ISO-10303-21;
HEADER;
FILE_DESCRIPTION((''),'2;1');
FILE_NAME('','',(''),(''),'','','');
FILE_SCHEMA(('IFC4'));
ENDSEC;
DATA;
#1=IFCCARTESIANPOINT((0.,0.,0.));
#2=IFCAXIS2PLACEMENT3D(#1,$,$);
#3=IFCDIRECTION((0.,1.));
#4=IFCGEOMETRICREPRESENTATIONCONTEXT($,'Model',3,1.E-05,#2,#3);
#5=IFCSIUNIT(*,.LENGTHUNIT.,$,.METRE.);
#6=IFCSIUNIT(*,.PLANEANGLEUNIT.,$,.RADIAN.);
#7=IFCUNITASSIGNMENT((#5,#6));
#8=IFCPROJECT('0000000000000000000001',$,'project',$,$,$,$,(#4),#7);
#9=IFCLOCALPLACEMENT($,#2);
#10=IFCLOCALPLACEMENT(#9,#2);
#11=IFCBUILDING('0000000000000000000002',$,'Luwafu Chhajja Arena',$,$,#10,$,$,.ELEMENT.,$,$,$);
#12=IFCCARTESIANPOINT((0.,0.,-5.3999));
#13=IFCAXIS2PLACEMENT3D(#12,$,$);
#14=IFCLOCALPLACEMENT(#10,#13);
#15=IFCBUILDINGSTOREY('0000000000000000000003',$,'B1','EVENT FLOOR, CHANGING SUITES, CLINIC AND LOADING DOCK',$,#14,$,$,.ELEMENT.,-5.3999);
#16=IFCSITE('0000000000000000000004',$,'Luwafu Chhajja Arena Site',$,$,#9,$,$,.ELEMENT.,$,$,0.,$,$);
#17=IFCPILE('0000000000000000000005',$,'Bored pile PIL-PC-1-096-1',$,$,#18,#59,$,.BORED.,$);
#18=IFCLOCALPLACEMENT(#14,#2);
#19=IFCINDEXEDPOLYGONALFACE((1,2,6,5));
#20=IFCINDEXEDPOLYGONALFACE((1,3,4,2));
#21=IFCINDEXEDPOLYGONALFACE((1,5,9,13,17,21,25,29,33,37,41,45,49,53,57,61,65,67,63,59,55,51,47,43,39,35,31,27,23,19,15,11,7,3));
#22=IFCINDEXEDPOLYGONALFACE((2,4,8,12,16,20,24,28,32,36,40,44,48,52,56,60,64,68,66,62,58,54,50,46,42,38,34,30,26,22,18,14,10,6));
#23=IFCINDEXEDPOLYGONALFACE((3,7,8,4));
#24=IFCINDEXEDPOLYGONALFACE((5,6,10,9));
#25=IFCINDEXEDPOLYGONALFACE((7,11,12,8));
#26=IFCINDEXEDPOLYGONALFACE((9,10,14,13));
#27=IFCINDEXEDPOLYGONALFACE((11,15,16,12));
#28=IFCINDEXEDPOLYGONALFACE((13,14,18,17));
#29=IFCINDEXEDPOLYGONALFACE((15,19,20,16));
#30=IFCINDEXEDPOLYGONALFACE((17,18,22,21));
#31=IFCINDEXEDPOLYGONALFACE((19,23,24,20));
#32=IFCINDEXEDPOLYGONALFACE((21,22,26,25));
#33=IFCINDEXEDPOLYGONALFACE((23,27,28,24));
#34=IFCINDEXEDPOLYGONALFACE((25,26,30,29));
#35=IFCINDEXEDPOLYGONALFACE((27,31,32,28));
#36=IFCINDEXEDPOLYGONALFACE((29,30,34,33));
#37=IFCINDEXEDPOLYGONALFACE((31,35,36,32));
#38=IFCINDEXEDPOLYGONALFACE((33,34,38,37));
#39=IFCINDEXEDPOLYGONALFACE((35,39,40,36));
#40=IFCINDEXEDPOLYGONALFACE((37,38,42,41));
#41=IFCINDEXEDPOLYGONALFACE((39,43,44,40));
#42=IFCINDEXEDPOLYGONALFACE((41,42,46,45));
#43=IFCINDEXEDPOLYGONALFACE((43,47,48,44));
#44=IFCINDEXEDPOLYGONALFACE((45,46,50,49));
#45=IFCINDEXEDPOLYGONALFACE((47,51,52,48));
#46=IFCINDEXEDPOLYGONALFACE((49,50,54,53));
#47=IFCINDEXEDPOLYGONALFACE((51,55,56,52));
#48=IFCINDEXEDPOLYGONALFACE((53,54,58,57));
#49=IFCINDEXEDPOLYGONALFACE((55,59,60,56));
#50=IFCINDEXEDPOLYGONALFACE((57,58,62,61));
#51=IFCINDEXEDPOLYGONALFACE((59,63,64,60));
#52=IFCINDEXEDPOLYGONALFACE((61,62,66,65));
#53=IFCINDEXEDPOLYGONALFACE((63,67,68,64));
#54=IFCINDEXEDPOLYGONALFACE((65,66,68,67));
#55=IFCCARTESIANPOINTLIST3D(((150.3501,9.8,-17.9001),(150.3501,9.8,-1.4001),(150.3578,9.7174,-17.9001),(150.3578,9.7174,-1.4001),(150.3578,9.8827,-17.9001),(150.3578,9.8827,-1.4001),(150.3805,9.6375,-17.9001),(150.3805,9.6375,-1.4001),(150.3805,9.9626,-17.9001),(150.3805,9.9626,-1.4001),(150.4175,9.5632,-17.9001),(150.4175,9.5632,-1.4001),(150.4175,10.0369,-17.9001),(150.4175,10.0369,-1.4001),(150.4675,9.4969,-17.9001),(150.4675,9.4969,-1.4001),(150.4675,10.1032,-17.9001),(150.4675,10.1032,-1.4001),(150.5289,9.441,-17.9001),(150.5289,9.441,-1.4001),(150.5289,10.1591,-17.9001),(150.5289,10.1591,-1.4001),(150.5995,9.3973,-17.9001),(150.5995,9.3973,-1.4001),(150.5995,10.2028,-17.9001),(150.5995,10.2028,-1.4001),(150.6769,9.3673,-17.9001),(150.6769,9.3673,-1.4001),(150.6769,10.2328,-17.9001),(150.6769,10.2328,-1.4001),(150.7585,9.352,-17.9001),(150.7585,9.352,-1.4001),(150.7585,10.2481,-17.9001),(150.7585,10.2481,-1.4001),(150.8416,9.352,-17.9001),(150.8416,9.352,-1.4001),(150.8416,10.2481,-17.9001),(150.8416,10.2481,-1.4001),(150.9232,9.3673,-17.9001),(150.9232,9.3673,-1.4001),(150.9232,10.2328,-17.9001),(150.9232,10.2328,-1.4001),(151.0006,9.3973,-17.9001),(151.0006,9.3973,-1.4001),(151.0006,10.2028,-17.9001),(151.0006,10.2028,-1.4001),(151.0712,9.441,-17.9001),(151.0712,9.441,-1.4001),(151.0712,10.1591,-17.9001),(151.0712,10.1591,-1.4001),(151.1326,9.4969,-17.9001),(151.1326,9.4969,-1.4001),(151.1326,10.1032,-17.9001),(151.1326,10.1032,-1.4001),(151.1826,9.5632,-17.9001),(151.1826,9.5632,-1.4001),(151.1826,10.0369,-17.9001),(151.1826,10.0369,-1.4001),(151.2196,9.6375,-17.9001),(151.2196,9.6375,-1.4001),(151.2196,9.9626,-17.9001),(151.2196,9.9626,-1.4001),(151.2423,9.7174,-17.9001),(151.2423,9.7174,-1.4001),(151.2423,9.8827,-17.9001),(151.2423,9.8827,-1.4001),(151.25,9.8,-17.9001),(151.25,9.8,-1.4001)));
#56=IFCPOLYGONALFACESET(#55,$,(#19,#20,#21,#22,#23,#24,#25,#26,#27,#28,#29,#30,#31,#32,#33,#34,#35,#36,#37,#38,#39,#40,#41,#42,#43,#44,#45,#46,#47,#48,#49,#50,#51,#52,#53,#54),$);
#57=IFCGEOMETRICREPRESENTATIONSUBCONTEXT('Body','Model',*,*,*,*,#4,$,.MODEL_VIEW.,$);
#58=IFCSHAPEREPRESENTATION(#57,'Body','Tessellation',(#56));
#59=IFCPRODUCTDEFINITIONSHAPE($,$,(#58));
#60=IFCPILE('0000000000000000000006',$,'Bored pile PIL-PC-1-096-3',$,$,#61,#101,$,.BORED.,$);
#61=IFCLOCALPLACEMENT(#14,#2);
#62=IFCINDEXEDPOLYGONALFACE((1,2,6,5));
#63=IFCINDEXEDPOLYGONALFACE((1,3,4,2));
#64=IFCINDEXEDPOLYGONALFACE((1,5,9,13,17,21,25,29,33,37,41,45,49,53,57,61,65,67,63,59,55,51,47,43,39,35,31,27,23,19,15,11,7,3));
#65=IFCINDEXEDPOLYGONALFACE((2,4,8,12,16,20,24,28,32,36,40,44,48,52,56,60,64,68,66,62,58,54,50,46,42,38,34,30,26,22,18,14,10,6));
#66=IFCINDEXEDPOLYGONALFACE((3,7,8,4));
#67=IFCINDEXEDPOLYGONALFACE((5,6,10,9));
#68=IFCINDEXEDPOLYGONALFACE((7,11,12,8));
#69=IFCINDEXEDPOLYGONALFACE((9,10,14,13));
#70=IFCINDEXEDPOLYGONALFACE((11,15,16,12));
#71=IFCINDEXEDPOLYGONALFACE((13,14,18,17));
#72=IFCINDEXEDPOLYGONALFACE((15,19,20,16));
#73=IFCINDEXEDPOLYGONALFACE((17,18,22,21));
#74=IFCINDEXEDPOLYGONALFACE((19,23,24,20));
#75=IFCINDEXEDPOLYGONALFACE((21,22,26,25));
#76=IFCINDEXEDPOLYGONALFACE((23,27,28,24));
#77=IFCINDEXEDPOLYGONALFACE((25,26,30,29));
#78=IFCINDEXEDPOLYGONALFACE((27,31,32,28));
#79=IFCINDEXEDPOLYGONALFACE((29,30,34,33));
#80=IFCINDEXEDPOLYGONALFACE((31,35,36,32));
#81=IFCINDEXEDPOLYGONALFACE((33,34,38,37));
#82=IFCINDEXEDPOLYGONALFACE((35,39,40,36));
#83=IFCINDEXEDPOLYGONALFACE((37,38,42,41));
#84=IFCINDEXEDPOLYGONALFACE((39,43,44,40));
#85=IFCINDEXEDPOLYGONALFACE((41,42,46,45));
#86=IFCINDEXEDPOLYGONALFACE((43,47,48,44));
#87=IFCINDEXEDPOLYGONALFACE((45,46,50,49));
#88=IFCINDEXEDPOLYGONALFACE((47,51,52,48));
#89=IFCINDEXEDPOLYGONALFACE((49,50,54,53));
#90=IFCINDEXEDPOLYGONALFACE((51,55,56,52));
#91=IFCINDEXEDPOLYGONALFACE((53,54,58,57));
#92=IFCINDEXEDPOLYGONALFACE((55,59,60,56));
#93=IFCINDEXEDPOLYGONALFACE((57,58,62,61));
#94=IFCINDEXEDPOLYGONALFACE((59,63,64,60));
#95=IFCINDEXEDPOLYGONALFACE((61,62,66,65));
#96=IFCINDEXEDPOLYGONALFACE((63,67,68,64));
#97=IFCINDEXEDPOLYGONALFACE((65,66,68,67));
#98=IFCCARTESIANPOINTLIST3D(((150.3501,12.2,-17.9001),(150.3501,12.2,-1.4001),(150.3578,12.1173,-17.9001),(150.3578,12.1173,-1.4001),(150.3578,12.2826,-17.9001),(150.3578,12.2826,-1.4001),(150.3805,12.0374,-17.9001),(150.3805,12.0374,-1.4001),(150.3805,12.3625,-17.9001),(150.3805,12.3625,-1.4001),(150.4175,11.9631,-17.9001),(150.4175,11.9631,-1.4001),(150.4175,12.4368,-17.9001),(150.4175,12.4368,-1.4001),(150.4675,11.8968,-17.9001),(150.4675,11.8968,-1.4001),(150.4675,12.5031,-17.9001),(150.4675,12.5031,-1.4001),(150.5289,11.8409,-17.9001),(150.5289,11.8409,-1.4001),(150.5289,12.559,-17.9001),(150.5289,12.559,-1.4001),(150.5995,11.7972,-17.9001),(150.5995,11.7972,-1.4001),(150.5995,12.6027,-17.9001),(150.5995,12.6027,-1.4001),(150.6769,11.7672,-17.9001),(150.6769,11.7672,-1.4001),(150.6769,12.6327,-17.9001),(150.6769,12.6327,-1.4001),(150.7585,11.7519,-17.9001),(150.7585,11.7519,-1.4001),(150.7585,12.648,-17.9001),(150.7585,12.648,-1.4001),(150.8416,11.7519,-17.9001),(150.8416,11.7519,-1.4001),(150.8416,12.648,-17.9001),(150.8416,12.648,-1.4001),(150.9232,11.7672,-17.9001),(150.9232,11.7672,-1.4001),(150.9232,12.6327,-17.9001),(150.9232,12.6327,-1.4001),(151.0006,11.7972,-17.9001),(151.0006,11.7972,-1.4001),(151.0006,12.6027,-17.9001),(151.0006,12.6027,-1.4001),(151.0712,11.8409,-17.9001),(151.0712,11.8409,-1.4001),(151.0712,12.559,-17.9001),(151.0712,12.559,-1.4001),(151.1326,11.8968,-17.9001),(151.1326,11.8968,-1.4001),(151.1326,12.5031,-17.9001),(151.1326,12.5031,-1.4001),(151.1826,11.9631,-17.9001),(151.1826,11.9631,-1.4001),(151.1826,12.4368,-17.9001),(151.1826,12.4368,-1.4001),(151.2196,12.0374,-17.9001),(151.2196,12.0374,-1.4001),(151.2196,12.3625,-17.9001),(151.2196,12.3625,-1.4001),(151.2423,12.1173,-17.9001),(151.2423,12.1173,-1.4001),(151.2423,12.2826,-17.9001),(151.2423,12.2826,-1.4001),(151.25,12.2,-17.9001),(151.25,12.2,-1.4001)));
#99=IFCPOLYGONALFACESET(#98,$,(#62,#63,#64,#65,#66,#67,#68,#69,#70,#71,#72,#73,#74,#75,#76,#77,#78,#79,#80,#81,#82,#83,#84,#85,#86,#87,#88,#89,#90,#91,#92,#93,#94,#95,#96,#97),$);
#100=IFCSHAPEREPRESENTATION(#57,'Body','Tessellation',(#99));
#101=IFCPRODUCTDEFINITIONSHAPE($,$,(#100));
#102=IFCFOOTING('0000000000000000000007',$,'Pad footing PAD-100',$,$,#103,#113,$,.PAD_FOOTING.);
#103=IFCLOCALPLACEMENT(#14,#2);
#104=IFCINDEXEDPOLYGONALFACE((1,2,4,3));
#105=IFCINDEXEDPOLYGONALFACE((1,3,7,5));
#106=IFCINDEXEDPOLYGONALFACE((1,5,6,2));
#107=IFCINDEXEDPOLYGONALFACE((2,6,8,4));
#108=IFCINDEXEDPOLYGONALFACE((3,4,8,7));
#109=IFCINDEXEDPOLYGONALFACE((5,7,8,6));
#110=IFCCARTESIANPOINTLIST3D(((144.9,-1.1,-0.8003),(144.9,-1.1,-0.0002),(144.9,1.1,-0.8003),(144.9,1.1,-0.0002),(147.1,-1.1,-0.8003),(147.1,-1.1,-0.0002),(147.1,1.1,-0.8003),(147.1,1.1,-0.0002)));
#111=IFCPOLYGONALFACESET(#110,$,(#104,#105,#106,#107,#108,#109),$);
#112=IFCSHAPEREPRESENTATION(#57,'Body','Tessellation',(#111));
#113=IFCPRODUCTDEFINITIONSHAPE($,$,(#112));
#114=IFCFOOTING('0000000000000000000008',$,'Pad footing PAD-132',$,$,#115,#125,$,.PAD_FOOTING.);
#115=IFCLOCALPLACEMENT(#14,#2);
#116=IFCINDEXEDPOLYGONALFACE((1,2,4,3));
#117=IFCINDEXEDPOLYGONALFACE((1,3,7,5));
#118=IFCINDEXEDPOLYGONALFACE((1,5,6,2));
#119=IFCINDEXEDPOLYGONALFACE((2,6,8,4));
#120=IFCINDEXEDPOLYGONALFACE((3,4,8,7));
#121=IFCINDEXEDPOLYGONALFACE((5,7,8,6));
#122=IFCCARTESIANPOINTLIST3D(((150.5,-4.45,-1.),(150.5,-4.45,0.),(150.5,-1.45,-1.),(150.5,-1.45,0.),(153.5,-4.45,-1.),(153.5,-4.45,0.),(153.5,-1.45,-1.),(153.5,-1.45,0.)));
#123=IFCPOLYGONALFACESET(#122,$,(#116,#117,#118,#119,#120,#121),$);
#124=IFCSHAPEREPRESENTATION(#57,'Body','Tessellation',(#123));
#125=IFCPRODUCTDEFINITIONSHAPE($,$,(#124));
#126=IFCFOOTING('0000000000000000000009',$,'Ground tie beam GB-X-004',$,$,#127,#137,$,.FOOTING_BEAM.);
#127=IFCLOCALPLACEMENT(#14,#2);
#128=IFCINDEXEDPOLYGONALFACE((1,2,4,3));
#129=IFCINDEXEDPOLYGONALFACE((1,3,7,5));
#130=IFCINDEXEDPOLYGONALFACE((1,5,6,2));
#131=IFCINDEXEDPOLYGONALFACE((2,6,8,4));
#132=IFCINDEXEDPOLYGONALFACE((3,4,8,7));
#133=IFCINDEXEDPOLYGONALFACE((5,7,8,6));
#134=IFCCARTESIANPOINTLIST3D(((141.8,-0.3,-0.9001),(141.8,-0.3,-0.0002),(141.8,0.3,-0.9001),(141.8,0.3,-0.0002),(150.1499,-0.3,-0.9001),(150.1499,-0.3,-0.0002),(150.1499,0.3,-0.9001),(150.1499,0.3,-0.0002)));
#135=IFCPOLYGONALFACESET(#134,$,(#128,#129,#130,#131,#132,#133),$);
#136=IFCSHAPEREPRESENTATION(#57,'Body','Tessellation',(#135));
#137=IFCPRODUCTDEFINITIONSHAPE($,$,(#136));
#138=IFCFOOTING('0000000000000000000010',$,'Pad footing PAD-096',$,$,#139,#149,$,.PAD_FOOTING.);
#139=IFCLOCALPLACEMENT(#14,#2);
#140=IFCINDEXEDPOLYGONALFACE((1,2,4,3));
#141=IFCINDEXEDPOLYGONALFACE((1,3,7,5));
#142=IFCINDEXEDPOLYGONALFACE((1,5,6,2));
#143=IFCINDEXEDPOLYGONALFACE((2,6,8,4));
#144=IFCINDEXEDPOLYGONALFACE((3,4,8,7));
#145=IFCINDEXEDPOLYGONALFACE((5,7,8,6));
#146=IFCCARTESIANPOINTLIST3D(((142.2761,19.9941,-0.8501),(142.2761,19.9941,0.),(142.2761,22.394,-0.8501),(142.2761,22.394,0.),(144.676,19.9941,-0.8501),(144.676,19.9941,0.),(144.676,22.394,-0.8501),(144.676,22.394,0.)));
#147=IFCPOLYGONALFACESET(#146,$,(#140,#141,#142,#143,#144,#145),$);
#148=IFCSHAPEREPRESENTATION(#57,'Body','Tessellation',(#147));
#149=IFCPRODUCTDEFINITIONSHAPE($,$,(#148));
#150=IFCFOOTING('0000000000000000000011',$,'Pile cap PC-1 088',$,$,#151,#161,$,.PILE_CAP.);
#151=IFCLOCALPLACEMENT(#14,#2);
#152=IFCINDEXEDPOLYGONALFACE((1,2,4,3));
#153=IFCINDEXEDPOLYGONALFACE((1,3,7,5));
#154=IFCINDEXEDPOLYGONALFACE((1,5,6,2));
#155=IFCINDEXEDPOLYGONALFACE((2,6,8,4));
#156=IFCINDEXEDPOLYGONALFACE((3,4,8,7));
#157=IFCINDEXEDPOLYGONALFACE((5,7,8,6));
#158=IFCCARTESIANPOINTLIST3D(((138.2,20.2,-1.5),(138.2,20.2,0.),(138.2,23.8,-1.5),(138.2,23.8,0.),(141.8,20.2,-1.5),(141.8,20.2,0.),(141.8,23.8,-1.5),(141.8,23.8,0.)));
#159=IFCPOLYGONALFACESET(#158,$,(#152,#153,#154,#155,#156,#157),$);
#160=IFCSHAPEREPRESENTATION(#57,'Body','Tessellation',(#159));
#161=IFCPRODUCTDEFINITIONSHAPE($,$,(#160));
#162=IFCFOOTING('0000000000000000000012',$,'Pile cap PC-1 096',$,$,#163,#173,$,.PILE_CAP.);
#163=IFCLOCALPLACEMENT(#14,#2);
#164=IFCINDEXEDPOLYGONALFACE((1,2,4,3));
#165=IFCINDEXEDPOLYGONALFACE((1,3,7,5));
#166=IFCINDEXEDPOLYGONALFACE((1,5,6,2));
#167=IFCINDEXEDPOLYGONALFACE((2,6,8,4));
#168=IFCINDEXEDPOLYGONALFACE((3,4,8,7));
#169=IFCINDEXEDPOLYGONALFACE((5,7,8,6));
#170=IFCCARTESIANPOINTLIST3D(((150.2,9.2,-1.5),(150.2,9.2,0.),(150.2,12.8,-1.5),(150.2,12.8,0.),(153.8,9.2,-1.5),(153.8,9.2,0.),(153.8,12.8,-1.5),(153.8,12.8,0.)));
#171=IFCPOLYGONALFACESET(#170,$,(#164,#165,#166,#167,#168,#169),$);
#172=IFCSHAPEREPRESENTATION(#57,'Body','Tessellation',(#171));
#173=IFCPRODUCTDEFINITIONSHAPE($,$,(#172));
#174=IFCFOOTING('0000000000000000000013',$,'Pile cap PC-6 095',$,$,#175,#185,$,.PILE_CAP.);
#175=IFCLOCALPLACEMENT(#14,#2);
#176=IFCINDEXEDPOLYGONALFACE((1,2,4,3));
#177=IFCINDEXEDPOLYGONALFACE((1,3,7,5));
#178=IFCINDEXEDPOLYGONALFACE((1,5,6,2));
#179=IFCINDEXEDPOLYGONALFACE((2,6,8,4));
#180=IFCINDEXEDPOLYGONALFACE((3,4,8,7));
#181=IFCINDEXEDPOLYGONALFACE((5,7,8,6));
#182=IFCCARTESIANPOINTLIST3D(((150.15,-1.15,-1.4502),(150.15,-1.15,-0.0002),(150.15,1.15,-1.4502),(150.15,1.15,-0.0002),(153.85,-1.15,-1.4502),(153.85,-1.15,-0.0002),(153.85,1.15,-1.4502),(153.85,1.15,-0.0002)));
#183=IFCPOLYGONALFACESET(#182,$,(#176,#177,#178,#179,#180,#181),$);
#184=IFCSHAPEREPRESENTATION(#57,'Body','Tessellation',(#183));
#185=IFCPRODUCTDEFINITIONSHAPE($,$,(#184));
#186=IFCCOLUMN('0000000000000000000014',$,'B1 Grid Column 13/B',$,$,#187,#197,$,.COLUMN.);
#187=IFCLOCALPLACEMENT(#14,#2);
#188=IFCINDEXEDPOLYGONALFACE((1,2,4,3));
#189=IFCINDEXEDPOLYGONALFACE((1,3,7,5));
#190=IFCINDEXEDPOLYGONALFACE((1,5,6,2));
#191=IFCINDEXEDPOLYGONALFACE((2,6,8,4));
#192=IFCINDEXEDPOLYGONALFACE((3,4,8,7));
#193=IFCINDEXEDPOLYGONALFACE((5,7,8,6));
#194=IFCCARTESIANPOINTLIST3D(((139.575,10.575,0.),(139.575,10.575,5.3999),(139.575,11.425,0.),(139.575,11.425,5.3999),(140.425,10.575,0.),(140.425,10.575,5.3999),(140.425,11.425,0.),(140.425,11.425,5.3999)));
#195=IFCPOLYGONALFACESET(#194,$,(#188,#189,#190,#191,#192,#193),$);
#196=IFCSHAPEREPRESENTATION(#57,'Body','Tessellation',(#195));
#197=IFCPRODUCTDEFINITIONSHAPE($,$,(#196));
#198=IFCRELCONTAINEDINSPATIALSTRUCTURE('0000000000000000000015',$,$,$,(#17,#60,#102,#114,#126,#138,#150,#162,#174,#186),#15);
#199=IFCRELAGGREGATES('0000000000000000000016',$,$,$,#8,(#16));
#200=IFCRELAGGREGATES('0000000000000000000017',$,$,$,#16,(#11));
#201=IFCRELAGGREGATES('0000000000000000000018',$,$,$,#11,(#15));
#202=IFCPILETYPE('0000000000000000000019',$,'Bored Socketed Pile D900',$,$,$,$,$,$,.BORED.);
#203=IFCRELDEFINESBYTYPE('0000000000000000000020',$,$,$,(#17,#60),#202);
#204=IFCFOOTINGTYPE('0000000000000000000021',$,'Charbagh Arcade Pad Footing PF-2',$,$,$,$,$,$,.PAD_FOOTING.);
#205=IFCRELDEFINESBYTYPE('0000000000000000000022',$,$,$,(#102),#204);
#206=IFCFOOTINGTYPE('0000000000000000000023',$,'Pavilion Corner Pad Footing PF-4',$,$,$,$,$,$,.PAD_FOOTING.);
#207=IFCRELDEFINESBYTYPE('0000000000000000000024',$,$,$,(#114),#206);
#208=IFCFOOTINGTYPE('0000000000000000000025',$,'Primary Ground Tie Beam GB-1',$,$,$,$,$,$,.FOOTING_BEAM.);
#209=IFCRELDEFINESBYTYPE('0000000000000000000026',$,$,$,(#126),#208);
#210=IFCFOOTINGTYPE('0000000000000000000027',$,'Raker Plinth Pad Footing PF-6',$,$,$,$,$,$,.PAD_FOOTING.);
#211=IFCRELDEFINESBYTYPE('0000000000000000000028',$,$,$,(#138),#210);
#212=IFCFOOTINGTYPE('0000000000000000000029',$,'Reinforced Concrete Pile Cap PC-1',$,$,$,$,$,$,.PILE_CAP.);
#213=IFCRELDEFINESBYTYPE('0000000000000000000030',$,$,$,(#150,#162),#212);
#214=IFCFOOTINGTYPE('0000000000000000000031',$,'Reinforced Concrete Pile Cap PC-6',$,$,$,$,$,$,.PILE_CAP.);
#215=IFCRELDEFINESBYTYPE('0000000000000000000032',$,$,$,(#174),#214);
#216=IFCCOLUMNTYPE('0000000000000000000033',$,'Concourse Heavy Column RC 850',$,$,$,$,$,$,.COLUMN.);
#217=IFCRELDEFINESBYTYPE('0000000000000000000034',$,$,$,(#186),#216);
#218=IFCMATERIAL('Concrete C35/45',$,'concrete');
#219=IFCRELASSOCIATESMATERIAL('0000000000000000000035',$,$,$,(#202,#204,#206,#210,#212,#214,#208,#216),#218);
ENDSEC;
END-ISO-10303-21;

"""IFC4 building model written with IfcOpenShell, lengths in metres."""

from ifc_helpers import new_model, si_unit, direction, frame, origin, origin_2d, place, context, subcontext, project, spatial, rectangle, circle, extrude, material, material_profile, profile_set, type_object, element, save


model = new_model("IFC4")

# Units and contexts
model_context = context("Model", 3, precision=1e-05, world=origin(), true_north=direction((0.0, 1.0)))
body_context = subcontext(model_context, "Body", "Model", "MODEL_VIEW")
ifc_project = project(units=[si_unit("LENGTHUNIT", "METRE"), si_unit("PLANEANGLEUNIT", "RADIAN")], contexts=[model_context])

# Site, building, storey
site_placement = place(None, origin())
site = spatial("IfcSite", under=ifc_project, at=site_placement, Name="Luwafu Chhajja Arena Site", CompositionType="ELEMENT", RefElevation=0.0)
building_placement = place(site_placement, origin())
building = spatial("IfcBuilding", under=site, at=building_placement, Name="Luwafu Chhajja Arena", CompositionType="ELEMENT")
storey_placement = place(building_placement, frame((0.0, 0.0, -5.3999)))
storey = spatial("IfcBuildingStorey", under=building, at=storey_placement, Name="B1", Description="EVENT FLOOR, CHANGING SUITES, CLINIC AND LOADING DOCK", CompositionType="ELEMENT", Elevation=-5.3999)

# Piles
ifc_material_1 = material(Name="Concrete C35/45", Category="concrete")
ifc_material_profile_1 = material_profile(ifc_material_1, circle(Radius=0.45, at=origin_2d()), Name="PILE D900")
ifc_profile_set_1 = profile_set([ifc_material_profile_1], Name="Concrete C35/45")
pile_type_1 = type_object("IfcPileType", Name="Bored Socketed Pile D900", PredefinedType="BORED", material=ifc_profile_set_1)
for number, where, z_axis, x_axis, name in (
    (1, (150.8, 9.8, -1.4001), (0.0, 0.0, -1.0), (1.0, 0.0, 0.0), "Bored pile PIL-PC-1-096-1"),
    (2, (150.8, 12.2, -1.4001), (0.0, 0.0, -1.0), (1.0, 0.0, 0.0), "Bored pile PIL-PC-1-096-3"),
):
    element("IfcPile", number, at=place(storey_placement, frame(where, z_axis=z_axis, x_axis=x_axis)), inside=storey, type_object=pile_type_1, Name=name, PredefinedType="BORED", context=body_context, shape_type="SweptSolid", body=[
        extrude(circle(Radius=0.45, at=origin_2d()), origin(), (0.0, 0.0, 1.0), 16.5),
    ])

# Footings
footing_type_1 = type_object("IfcFootingType", Name="Charbagh Arcade Pad Footing PF-2", PredefinedType="PAD_FOOTING", material=ifc_material_1)
footing_1_placement = place(storey_placement, frame((146.0, 0.0, -0.8003), z_axis=(0.0, 0.0, 1.0), x_axis=(1.0, 0.0, 0.0)))
element("IfcFooting", 3, at=footing_1_placement, inside=storey, type_object=footing_type_1, Name="Pad footing PAD-100", PredefinedType="PAD_FOOTING", context=body_context, shape_type="SweptSolid", body=[
    extrude(rectangle(XDim=2.2, YDim=2.2, at=origin_2d()), origin(), (0.0, 0.0, 1.0), 0.8),
])
footing_type_2 = type_object("IfcFootingType", Name="Pavilion Corner Pad Footing PF-4", PredefinedType="PAD_FOOTING", material=ifc_material_1)
footing_2_placement = place(storey_placement, frame((152.0, -2.95, -1.0), z_axis=(0.0, 0.0, 1.0), x_axis=(1.0, 0.0, 0.0)))
element("IfcFooting", 4, at=footing_2_placement, inside=storey, type_object=footing_type_2, Name="Pad footing PAD-132", PredefinedType="PAD_FOOTING", context=body_context, shape_type="SweptSolid", body=[
    extrude(rectangle(XDim=3.0, YDim=3.0, at=origin_2d()), origin(), (0.0, 0.0, 1.0), 1.0),
])
ifc_material_profile_2 = material_profile(ifc_material_1, rectangle(XDim=0.6001, YDim=0.8999, at=origin_2d()), Name="RC 600x900")
ifc_profile_set_2 = profile_set([ifc_material_profile_2], Name="Concrete C35/45")
footing_type_3 = type_object("IfcFootingType", Name="Primary Ground Tie Beam GB-1", PredefinedType="FOOTING_BEAM", material=ifc_profile_set_2)
footing_3_placement = place(storey_placement, frame((141.8, 0.0, -0.4502), z_axis=(1.0, 0.0, 0.0), x_axis=(0.0, 1.0, 0.0)))
element("IfcFooting", 5, at=footing_3_placement, inside=storey, type_object=footing_type_3, Name="Ground tie beam GB-X-004", PredefinedType="FOOTING_BEAM", context=body_context, shape_type="SweptSolid", body=[
    extrude(rectangle(XDim=0.6001, YDim=0.8999, at=origin_2d()), origin(), (0.0, 0.0, 1.0), 8.3499),
])
footing_type_4 = type_object("IfcFootingType", Name="Raker Plinth Pad Footing PF-6", PredefinedType="PAD_FOOTING", material=ifc_material_1)
footing_4_placement = place(storey_placement, frame((143.4761, 21.1941, -0.8501), z_axis=(0.0, 0.0, 1.0), x_axis=(1.0, 0.0, 0.0)))
element("IfcFooting", 6, at=footing_4_placement, inside=storey, type_object=footing_type_4, Name="Pad footing PAD-096", PredefinedType="PAD_FOOTING", context=body_context, shape_type="SweptSolid", body=[
    extrude(rectangle(XDim=2.3999, YDim=2.3999, at=origin_2d()), origin(), (0.0, 0.0, 1.0), 0.8501),
])
footing_type_5 = type_object("IfcFootingType", Name="Reinforced Concrete Pile Cap PC-1", PredefinedType="PILE_CAP", material=ifc_material_1)
for number, where, z_axis, x_axis, name in (
    (7, (140.0, 22.0, -1.5), (0.0, 0.0, 1.0), (1.0, 0.0, 0.0), "Pile cap PC-1 088"),
    (8, (152.0, 11.0, -1.5), (0.0, 0.0, 1.0), (1.0, 0.0, 0.0), "Pile cap PC-1 096"),
):
    element("IfcFooting", number, at=place(storey_placement, frame(where, z_axis=z_axis, x_axis=x_axis)), inside=storey, type_object=footing_type_5, Name=name, PredefinedType="PILE_CAP", context=body_context, shape_type="SweptSolid", body=[
        extrude(rectangle(XDim=3.6001, YDim=3.6001, at=origin_2d()), origin(), (0.0, 0.0, 1.0), 1.5),
    ])
footing_type_6 = type_object("IfcFootingType", Name="Reinforced Concrete Pile Cap PC-6", PredefinedType="PILE_CAP", material=ifc_material_1)
footing_5_placement = place(storey_placement, frame((152.0, 0.0, -1.4502), z_axis=(0.0, 0.0, 1.0), x_axis=(1.0, 0.0, 0.0)))
element("IfcFooting", 9, at=footing_5_placement, inside=storey, type_object=footing_type_6, Name="Pile cap PC-6 095", PredefinedType="PILE_CAP", context=body_context, shape_type="SweptSolid", body=[
    extrude(rectangle(XDim=3.7, YDim=2.3, at=origin_2d()), origin(), (0.0, 0.0, 1.0), 1.45),
])

# Column
ifc_material_profile_3 = material_profile(ifc_material_1, rectangle(XDim=0.8501, YDim=0.8501, at=origin_2d()), Name="RC 850x850")
ifc_profile_set_3 = profile_set([ifc_material_profile_3], Name="Concrete C35/45")
column_type_1 = type_object("IfcColumnType", Name="Concourse Heavy Column RC 850", PredefinedType="COLUMN", material=ifc_profile_set_3)
column_1_placement = place(storey_placement, frame((140.0, 11.0, 0.0), z_axis=(0.0, 0.0, 1.0), x_axis=(1.0, 0.0, 0.0)))
element("IfcColumn", 10, at=column_1_placement, inside=storey, type_object=column_type_1, Name="B1 Grid Column 13/B", PredefinedType="COLUMN", context=body_context, shape_type="SweptSolid", body=[
    extrude(rectangle(XDim=0.8501, YDim=0.8501, at=origin_2d()), origin(), (0.0, 0.0, 1.0), 5.3999),
])

save(model, "model.ifc")
